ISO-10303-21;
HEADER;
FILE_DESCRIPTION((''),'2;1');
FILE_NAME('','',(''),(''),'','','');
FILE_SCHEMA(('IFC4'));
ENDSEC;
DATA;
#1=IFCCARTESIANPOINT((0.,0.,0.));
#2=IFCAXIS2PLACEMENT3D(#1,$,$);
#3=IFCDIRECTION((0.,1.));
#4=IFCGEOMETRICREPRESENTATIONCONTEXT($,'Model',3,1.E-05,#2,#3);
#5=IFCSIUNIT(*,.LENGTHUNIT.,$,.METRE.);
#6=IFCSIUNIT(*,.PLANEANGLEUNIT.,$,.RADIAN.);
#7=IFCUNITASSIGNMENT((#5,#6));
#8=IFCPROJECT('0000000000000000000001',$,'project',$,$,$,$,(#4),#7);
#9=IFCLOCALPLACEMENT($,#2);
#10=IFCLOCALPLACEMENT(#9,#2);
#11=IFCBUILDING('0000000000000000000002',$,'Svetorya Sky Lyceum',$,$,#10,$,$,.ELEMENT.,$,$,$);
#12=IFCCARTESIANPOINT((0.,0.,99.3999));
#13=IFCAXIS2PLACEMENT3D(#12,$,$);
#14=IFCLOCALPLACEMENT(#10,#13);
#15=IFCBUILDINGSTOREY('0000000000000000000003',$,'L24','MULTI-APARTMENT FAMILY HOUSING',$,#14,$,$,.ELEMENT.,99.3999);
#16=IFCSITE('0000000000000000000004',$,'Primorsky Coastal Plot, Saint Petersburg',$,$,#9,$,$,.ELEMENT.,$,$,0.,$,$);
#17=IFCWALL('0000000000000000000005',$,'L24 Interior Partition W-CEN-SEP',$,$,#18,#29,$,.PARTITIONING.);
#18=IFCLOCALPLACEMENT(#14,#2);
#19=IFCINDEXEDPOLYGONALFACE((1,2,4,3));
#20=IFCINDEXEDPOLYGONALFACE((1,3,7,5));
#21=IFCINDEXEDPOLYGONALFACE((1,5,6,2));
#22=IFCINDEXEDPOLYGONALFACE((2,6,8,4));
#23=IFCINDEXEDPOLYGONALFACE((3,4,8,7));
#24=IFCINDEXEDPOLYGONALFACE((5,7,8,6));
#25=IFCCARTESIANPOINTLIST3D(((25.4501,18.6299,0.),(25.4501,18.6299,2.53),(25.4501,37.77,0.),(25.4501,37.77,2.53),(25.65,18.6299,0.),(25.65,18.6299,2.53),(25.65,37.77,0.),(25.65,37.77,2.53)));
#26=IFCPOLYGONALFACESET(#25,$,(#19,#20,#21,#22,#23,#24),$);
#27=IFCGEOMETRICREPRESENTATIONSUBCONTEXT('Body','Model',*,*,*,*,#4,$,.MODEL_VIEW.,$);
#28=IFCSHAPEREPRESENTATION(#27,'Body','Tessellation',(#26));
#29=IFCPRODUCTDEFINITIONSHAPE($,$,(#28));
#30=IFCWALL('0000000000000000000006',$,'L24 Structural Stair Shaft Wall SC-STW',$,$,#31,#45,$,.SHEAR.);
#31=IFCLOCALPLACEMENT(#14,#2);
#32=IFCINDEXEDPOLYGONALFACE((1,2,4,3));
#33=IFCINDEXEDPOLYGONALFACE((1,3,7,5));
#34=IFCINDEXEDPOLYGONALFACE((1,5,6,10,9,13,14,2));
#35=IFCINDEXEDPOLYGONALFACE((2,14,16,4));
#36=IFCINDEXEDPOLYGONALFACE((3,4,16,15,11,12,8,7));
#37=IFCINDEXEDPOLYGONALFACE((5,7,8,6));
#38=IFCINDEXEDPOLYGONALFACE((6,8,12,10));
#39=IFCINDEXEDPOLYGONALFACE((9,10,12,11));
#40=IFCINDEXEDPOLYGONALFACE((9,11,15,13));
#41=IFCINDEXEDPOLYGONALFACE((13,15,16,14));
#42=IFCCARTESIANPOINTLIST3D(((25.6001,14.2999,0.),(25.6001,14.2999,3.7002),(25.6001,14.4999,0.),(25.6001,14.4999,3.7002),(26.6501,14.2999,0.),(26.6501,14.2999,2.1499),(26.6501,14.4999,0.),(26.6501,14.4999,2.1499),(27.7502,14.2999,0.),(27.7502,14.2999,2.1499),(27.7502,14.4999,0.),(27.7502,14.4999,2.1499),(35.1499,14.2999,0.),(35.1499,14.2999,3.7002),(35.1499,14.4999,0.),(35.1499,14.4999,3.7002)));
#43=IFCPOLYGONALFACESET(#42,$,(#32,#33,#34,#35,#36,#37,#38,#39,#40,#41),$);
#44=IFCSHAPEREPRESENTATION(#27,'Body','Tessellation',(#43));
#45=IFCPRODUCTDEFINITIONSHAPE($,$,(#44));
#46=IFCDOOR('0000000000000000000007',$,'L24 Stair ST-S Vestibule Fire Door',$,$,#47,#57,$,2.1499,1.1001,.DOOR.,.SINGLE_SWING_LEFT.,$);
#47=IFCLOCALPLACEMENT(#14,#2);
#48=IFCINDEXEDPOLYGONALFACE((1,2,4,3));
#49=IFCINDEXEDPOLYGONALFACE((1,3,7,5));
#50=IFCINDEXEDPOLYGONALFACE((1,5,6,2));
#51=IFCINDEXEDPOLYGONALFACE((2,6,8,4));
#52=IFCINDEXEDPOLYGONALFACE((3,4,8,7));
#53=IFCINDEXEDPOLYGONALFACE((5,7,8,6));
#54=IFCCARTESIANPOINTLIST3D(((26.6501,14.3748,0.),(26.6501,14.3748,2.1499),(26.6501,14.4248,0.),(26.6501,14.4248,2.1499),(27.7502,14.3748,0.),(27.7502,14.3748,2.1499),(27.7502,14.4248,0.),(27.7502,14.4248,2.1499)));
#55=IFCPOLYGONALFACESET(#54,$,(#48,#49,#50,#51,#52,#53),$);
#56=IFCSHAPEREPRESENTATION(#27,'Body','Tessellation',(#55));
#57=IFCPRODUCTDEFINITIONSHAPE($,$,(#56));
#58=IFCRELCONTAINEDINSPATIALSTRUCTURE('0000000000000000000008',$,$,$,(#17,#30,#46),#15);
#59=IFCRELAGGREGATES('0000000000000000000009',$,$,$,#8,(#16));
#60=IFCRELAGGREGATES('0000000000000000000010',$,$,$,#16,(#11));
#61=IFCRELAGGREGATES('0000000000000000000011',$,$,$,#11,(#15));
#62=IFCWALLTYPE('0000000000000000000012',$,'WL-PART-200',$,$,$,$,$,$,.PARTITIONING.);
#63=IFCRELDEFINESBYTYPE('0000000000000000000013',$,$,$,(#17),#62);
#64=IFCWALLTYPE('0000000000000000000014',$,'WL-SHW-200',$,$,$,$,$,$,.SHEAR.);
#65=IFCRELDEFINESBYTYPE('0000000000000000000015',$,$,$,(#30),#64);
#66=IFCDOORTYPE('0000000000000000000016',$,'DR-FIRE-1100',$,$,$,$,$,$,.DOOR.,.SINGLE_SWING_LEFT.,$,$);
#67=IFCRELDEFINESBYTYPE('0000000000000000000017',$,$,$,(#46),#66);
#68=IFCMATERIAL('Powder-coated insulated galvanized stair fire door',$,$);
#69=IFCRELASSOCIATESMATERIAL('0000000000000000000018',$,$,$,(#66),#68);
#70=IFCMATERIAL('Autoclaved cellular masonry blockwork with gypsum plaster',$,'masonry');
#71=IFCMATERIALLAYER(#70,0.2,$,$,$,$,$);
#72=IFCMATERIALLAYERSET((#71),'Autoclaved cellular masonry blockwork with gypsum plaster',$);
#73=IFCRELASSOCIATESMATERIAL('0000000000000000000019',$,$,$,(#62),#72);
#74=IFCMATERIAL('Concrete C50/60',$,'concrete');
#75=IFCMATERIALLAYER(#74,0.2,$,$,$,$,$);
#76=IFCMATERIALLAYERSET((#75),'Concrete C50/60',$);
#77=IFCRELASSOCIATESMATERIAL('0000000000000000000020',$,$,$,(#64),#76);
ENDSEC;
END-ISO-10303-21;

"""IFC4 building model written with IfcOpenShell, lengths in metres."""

from ifc_helpers import new_model, si_unit, direction, frame, frame_2d, origin, place, context, subcontext, project, spatial, rectangle, extrude, material, layer, layer_set, type_object, element, fill, save


model = new_model("IFC4")

# Units and contexts
model_context = context("Model", 3, precision=1e-05, world=origin(), true_north=direction((0.0, 1.0)))
body_context = subcontext(model_context, "Body", "Model", "MODEL_VIEW")
ifc_project = project(units=[si_unit("LENGTHUNIT", "METRE"), si_unit("PLANEANGLEUNIT", "RADIAN")], contexts=[model_context])

# Site, building, storey
site_placement = place(None, origin())
site = spatial("IfcSite", under=ifc_project, at=site_placement, Name="Primorsky Coastal Plot, Saint Petersburg", CompositionType="ELEMENT", RefElevation=0.0)
building_placement = place(site_placement, origin())
building = spatial("IfcBuilding", under=site, at=building_placement, Name="Svetorya Sky Lyceum", CompositionType="ELEMENT")
storey_placement = place(building_placement, frame((0.0, 0.0, 99.3999)))
storey = spatial("IfcBuildingStorey", under=building, at=storey_placement, Name="L24", Description="MULTI-APARTMENT FAMILY HOUSING", CompositionType="ELEMENT", Elevation=99.3999)

# Shared definitions
ifc_material_1 = material(Name="Concrete C50/60", Category="concrete")

# Shared definitions
ifc_material_2 = material(Name="Powder-coated insulated galvanized stair fire door")
door_type_1 = type_object("IfcDoorType", Name="DR-FIRE-1100", OperationType="SINGLE_SWING_LEFT", PredefinedType="DOOR", material=ifc_material_2)

# Wall
ifc_material_3 = material(Name="Autoclaved cellular masonry blockwork with gypsum plaster", Category="masonry")
ifc_layer_1 = layer(ifc_material_3, 0.2)
ifc_layer_set_1 = layer_set([ifc_layer_1], Name="Autoclaved cellular masonry blockwork with gypsum plaster")
wall_type_1 = type_object("IfcWallType", Name="WL-PART-200", PredefinedType="PARTITIONING", material=ifc_layer_set_1)
wall_1_placement = place(storey_placement, frame((25.55, 18.6299, 0.0), z_axis=(0.0, 0.0, 1.0), x_axis=(0.0, 1.0, 0.0)))
element("IfcWall", 1, at=wall_1_placement, inside=storey, type_object=wall_type_1, Name="L24 Interior Partition W-CEN-SEP", PredefinedType="PARTITIONING", context=body_context, shape_type="SweptSolid", body=[
    extrude(rectangle(XDim=19.1401, YDim=0.2, at=frame_2d((9.5701, 0.0))), origin(), (0.0, 0.0, 1.0), 2.53),
])

# Wall, opening, door
ifc_layer_2 = layer(ifc_material_1, 0.2)
ifc_layer_set_2 = layer_set([ifc_layer_2], Name="Concrete C50/60")
wall_type_2 = type_object("IfcWallType", Name="WL-SHW-200", PredefinedType="SHEAR", material=ifc_layer_set_2)
wall_2_placement = place(storey_placement, frame((25.6001, 14.3999, 0.0), z_axis=(0.0, 0.0, 1.0), x_axis=(1.0, 0.0, 0.0)))
wall_2 = element("IfcWall", 2, at=wall_2_placement, inside=storey, type_object=wall_type_2, Name="L24 Structural Stair Shaft Wall SC-STW", PredefinedType="SHEAR", context=body_context, shape_type="SweptSolid", body=[
    extrude(rectangle(XDim=9.5498, YDim=0.2, at=frame_2d((4.7749, 0.0))), origin(), (0.0, 0.0, 1.0), 3.7002),
])
opening_1_placement = place(wall_2_placement, frame((1.05, 0.0, 0.0)))
opening_1 = element("IfcOpeningElement", 3, at=opening_1_placement, cuts=wall_2, PredefinedType="OPENING", context=body_context, shape_type="SweptSolid", body=[
    extrude(rectangle(XDim=1.1001, YDim=2.1499, at=frame_2d((0.55, 1.075))), frame((0.0, 0.1099, 0.0), z_axis=(0.0, -1.0, 0.0), x_axis=(1.0, 0.0, 0.0)), (0.0, 0.0, 1.0), 0.22),
])
door_1_placement = place(opening_1_placement, origin())
door_1 = element("IfcDoor", 4, at=door_1_placement, inside=storey, type_object=door_type_1, Name="L24 Stair ST-S Vestibule Fire Door", OperationType="SINGLE_SWING_LEFT", OverallHeight=2.1499, OverallWidth=1.1001, PredefinedType="DOOR", context=body_context, shape_type="SweptSolid", body=[
    extrude(rectangle(XDim=1.1001, YDim=2.1499, at=frame_2d((0.55, 1.075))), frame((0.0, 0.0249, 0.0), z_axis=(0.0, -1.0, 0.0), x_axis=(1.0, 0.0, 0.0)), (0.0, 0.0, 1.0), 0.05),
])
fill(opening_1, door_1)

save(model, "model.ifc")
